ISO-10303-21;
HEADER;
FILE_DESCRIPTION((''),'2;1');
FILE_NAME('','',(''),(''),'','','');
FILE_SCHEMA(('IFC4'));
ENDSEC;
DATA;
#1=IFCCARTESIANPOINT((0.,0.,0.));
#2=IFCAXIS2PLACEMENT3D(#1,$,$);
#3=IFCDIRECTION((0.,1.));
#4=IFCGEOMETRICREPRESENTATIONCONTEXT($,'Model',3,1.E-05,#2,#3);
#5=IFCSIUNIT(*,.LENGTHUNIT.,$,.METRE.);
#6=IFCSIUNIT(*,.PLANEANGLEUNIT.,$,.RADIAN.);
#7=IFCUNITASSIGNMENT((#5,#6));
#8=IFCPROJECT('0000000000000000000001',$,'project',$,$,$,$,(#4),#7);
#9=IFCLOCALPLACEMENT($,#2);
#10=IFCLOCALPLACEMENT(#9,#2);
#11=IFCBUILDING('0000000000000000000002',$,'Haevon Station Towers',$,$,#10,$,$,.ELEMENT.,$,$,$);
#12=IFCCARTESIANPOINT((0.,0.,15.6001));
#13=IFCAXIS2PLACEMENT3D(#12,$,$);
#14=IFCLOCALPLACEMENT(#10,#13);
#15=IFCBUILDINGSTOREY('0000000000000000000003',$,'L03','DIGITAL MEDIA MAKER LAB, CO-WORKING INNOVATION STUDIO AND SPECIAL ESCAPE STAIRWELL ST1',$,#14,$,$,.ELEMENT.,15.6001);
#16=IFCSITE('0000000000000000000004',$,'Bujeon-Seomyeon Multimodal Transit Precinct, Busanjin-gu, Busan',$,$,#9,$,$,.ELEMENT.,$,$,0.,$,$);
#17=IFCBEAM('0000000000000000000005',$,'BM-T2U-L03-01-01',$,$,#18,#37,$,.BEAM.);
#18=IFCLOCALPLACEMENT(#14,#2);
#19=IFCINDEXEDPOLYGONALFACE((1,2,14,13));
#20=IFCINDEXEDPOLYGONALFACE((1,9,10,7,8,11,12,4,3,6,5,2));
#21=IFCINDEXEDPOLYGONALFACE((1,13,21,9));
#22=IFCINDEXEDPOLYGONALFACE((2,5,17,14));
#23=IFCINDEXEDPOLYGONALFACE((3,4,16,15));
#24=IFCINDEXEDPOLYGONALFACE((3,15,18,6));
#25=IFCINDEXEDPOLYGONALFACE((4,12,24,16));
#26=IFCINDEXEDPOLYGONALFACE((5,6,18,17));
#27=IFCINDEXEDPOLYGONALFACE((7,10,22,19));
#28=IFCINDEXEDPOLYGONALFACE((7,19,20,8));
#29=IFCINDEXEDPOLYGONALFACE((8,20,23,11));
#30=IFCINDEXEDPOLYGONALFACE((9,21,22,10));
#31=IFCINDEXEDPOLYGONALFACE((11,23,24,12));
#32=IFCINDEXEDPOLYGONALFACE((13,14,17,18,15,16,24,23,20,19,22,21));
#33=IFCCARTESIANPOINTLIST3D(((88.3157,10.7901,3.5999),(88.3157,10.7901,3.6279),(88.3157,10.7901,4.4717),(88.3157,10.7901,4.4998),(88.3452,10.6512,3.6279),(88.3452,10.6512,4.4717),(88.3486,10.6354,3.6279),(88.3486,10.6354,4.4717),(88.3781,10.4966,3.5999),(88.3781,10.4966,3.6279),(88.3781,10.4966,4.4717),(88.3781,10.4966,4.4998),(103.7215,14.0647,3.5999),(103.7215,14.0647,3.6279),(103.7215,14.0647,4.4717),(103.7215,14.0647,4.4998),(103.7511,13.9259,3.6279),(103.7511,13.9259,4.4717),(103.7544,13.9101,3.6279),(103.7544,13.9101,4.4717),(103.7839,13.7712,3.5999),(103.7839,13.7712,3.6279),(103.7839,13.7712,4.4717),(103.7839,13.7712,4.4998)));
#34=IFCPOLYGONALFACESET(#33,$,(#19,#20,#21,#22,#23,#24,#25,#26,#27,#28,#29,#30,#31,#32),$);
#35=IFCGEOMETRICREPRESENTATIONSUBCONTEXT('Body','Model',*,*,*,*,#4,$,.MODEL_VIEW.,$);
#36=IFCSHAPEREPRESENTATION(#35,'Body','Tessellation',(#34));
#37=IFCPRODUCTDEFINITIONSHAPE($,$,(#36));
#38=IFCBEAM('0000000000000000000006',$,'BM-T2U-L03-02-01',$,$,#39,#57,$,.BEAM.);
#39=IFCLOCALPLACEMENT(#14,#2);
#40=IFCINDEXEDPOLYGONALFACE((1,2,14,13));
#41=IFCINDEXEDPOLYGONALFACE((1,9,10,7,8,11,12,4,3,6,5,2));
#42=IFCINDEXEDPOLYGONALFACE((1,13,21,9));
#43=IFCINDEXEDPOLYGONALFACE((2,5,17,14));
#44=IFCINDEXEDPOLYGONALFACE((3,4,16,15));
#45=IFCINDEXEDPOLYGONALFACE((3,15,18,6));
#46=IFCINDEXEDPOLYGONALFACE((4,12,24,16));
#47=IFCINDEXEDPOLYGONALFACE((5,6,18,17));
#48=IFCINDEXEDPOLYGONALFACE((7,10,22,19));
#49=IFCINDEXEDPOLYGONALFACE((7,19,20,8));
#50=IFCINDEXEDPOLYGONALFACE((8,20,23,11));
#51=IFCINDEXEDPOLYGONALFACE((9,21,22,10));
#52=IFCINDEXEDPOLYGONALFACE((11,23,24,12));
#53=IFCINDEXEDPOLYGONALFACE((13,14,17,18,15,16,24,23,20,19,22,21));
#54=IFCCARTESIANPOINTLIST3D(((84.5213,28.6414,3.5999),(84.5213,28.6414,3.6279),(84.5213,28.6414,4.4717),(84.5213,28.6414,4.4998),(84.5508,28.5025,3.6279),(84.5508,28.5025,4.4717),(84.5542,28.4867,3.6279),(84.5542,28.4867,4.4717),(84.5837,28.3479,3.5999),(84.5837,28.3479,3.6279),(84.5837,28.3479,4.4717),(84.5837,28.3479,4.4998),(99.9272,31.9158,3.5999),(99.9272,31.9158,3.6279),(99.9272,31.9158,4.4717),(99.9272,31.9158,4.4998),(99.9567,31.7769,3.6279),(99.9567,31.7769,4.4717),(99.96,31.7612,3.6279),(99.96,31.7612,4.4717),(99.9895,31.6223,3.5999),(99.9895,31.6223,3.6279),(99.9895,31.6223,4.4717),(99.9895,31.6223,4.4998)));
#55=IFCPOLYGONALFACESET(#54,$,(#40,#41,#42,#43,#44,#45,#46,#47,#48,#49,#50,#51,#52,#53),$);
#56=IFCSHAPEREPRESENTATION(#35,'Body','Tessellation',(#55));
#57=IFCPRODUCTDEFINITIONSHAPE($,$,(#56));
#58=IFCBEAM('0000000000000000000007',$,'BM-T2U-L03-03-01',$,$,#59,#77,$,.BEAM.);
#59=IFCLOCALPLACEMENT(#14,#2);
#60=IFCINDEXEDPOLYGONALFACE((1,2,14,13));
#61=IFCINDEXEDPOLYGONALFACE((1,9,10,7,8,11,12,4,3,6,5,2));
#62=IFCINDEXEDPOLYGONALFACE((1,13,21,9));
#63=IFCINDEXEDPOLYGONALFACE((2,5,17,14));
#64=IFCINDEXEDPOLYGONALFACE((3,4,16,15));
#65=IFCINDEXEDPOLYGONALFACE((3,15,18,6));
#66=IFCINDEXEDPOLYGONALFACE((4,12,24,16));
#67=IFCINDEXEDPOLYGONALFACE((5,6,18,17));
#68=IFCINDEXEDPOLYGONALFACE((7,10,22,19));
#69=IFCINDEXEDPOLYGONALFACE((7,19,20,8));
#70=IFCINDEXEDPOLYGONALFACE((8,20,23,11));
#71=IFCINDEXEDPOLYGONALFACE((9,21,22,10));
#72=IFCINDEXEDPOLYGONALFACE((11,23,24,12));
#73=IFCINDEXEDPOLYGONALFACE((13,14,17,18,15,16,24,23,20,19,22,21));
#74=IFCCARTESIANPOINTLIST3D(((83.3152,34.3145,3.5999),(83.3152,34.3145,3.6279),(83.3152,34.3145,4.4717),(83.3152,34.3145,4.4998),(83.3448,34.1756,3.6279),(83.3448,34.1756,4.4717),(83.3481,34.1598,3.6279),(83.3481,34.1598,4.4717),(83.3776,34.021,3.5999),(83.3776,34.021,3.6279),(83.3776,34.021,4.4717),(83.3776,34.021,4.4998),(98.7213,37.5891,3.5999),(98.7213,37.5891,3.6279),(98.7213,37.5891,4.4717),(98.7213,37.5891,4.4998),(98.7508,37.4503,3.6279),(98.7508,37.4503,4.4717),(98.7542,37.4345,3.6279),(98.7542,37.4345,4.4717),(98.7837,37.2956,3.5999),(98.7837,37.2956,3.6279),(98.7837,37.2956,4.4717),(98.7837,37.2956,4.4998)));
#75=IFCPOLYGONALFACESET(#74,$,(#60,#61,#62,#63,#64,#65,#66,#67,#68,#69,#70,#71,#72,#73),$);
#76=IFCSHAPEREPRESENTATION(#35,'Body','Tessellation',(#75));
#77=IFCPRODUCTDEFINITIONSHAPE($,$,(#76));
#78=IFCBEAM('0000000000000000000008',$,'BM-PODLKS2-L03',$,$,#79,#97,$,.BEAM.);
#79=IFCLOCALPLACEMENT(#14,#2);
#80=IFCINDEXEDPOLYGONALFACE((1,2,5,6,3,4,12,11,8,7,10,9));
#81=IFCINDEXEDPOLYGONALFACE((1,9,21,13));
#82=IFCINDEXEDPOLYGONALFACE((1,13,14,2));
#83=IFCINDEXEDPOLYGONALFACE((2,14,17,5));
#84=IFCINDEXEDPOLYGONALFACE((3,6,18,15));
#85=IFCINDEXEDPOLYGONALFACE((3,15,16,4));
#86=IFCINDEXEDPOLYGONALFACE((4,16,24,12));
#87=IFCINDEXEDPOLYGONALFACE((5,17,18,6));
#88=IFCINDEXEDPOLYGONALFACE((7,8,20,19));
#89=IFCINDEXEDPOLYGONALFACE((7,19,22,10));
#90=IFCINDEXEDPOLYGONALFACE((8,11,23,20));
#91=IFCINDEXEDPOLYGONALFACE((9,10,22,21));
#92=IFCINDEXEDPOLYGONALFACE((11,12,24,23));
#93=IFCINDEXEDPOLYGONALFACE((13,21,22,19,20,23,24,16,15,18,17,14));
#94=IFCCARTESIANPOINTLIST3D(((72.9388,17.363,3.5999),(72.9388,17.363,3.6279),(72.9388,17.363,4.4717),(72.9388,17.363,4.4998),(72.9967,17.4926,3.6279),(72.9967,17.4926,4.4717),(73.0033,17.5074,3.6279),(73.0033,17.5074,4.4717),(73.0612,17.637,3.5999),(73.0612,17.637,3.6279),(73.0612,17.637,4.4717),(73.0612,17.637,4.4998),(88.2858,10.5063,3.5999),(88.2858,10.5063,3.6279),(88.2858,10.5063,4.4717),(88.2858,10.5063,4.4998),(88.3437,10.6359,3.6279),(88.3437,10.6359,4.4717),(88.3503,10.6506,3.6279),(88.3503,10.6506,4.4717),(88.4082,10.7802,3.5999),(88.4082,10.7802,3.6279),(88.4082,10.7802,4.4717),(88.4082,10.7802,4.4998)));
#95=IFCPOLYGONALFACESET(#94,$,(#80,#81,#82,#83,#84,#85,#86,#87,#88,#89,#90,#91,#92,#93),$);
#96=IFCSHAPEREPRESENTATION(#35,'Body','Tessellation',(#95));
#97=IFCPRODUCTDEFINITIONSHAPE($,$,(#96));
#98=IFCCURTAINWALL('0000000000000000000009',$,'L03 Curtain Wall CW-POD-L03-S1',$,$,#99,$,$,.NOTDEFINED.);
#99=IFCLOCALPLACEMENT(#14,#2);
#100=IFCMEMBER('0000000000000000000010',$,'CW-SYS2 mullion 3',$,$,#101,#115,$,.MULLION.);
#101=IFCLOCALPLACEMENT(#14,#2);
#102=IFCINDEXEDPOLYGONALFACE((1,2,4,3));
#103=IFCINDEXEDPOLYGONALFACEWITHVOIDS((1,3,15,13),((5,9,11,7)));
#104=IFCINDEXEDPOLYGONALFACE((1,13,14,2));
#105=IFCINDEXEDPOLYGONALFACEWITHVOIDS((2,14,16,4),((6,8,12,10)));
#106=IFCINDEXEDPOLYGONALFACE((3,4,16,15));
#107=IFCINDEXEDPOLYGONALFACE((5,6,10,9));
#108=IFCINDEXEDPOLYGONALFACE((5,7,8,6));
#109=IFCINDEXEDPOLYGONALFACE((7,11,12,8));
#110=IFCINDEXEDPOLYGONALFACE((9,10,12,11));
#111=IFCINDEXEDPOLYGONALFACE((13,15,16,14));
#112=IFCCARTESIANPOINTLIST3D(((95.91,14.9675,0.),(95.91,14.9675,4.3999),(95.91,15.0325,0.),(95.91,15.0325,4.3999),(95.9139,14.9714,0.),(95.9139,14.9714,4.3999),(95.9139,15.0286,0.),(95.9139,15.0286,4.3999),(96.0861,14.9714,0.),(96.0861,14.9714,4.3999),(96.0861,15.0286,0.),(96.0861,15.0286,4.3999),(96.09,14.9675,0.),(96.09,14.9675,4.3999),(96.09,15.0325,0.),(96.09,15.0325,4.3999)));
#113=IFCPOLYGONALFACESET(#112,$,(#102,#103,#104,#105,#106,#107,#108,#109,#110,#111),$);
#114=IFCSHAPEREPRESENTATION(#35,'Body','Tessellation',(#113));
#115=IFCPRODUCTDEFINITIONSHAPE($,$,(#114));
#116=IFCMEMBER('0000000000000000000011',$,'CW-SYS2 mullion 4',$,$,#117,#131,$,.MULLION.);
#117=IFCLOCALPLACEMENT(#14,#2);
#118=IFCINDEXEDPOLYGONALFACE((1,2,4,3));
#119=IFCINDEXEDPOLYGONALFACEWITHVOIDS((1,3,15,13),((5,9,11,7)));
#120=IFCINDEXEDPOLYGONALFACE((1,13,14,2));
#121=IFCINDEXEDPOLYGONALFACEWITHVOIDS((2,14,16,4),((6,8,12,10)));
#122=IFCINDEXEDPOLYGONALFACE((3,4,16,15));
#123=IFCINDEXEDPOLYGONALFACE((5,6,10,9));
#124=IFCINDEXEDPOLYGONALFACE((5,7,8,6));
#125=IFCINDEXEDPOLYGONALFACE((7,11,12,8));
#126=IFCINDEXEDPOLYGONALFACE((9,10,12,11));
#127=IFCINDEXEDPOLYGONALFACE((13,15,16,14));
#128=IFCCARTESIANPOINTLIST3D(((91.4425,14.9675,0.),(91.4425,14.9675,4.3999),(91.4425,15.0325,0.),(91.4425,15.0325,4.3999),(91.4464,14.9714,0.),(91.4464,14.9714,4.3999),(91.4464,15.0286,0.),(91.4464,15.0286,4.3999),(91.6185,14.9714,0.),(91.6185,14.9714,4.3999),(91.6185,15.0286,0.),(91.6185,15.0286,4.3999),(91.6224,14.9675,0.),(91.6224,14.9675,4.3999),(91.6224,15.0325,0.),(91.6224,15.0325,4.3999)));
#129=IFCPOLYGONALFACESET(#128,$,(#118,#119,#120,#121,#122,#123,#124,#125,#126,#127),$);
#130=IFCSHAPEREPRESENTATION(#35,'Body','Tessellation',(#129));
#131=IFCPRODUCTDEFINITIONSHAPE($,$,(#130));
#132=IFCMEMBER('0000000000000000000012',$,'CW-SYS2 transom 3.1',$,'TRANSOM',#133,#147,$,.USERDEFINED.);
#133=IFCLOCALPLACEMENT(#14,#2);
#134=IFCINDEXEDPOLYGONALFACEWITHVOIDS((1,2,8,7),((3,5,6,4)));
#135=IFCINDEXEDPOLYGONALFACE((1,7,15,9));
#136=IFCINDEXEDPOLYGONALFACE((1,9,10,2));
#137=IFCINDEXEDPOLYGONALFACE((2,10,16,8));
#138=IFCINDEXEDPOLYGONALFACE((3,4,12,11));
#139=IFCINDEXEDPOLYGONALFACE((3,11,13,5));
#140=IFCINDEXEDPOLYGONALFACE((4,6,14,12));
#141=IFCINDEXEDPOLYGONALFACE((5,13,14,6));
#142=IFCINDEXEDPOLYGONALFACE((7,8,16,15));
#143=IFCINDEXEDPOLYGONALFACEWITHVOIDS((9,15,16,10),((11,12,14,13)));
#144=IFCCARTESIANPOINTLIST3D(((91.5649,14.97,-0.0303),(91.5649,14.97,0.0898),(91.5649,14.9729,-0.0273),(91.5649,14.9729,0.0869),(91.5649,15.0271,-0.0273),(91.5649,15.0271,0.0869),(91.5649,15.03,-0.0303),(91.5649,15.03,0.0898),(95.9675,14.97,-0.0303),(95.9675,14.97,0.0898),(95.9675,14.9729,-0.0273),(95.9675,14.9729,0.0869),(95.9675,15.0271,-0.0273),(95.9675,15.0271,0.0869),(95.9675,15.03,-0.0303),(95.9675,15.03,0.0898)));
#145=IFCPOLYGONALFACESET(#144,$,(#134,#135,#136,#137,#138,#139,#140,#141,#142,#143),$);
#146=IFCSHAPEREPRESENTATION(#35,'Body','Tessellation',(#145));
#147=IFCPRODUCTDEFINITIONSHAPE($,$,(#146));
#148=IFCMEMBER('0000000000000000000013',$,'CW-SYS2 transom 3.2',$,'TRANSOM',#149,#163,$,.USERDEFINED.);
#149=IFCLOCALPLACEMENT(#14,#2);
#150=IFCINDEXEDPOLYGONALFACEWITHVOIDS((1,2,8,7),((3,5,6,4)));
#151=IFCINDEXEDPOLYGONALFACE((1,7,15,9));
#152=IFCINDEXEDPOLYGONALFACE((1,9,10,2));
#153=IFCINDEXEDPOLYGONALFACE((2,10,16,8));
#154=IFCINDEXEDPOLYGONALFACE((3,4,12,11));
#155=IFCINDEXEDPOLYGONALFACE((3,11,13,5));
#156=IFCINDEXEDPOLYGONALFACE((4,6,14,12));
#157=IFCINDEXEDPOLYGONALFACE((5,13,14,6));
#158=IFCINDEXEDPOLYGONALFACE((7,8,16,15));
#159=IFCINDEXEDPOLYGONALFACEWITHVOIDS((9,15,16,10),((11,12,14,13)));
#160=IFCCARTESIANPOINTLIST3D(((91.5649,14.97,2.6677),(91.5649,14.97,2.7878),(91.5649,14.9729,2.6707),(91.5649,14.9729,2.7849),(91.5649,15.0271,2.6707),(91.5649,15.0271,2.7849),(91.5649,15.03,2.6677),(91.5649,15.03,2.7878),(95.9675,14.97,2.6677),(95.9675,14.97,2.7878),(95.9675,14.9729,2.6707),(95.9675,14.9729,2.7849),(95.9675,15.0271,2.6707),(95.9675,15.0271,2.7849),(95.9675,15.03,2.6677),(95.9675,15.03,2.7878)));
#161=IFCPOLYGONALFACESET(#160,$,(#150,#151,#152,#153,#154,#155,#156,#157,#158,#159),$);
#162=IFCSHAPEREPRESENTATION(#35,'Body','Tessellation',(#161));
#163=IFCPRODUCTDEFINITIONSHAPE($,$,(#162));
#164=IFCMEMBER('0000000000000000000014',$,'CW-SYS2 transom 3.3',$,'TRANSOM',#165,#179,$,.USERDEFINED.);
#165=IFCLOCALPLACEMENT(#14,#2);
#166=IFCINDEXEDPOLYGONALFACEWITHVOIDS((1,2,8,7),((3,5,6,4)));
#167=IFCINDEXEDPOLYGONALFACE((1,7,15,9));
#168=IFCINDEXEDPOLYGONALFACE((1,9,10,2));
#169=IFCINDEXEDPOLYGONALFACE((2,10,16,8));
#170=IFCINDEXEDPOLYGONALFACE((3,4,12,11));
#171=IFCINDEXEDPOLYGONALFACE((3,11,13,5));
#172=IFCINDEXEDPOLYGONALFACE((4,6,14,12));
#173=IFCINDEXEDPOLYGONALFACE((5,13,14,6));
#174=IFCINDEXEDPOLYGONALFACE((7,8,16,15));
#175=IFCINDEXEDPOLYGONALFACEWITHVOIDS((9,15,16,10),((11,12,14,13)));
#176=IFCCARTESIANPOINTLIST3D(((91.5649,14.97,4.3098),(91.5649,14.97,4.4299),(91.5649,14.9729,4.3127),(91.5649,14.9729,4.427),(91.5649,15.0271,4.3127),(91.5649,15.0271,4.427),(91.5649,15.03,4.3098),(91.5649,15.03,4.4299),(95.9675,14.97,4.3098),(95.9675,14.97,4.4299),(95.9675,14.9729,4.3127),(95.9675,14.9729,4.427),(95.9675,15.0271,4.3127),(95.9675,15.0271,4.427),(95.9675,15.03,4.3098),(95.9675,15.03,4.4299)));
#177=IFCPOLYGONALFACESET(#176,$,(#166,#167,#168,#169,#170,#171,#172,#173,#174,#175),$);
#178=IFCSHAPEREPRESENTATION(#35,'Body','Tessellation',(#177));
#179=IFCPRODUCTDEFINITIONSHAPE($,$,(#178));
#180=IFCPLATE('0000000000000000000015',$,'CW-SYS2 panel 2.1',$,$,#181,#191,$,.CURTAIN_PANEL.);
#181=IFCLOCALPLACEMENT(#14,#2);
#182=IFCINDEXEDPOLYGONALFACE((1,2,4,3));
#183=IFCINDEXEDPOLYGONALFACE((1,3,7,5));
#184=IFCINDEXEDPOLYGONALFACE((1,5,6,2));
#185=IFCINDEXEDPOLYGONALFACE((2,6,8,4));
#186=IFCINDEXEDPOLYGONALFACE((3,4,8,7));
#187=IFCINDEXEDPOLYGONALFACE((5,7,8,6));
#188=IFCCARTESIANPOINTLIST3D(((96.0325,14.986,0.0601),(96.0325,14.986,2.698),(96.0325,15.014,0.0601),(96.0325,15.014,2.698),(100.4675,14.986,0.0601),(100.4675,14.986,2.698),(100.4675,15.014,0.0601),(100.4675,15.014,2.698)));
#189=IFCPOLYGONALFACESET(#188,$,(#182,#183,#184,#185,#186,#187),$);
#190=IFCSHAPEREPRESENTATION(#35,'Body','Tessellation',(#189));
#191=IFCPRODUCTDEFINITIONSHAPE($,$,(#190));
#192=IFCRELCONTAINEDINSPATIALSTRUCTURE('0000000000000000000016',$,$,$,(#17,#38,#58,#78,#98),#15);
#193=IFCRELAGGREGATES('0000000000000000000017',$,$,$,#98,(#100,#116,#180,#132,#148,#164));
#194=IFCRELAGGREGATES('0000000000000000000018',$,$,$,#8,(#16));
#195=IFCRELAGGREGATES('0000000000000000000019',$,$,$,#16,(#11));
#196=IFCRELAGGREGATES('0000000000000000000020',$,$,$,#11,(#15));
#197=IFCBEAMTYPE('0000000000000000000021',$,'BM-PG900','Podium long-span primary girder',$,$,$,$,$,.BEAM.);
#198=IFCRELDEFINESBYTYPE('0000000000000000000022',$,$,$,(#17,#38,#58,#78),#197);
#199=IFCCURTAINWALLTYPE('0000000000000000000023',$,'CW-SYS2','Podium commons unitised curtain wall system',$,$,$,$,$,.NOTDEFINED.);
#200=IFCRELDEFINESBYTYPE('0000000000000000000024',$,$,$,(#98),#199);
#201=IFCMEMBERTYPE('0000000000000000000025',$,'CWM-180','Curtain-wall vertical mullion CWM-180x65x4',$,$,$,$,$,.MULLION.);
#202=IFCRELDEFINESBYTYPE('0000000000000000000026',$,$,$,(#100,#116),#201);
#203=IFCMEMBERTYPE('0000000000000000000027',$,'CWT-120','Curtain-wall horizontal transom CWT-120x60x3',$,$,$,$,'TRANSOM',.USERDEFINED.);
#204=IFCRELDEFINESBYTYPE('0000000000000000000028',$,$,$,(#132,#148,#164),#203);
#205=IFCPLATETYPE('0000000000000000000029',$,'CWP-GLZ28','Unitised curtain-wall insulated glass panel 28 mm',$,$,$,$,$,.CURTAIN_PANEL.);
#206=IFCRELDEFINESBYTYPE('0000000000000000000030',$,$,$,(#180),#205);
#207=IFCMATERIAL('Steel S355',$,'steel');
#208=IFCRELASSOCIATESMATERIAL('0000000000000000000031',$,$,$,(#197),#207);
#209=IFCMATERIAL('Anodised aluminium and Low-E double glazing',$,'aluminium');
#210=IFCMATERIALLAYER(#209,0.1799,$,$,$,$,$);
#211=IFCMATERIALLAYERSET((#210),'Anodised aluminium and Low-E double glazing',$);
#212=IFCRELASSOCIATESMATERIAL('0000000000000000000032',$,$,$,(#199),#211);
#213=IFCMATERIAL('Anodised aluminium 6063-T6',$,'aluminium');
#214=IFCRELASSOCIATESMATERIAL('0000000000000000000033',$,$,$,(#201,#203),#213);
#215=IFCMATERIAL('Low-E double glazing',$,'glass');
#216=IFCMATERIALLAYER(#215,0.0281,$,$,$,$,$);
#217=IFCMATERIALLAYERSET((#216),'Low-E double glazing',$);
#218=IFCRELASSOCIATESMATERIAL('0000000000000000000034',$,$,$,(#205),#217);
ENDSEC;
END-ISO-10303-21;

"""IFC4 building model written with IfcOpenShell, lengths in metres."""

from ifc_helpers import new_model, si_unit, direction, frame, origin, origin_2d, place, context, subcontext, project, spatial, rectangle, hollow_rectangle, i_section, extrude, material, layer, layer_set, material_profile, profile_set, type_object, element, aggregate, save


model = new_model("IFC4")

# Units and contexts
model_context = context("Model", 3, precision=1e-05, world=origin(), true_north=direction((0.0, 1.0)))
body_context = subcontext(model_context, "Body", "Model", "MODEL_VIEW")
ifc_project = project(units=[si_unit("LENGTHUNIT", "METRE"), si_unit("PLANEANGLEUNIT", "RADIAN")], contexts=[model_context])

# Site, building, storey
site_placement = place(None, origin())
site = spatial("IfcSite", under=ifc_project, at=site_placement, Name="Bujeon-Seomyeon Multimodal Transit Precinct, Busanjin-gu, Busan", CompositionType="ELEMENT", RefElevation=0.0)
building_placement = place(site_placement, origin())
building = spatial("IfcBuilding", under=site, at=building_placement, Name="Haevon Station Towers", CompositionType="ELEMENT")
storey_placement = place(building_placement, frame((0.0, 0.0, 15.6001)))
storey = spatial("IfcBuildingStorey", under=building, at=storey_placement, Name="L03", Description="DIGITAL MEDIA MAKER LAB, CO-WORKING INNOVATION STUDIO AND SPECIAL ESCAPE STAIRWELL ST1", CompositionType="ELEMENT", Elevation=15.6001)

# Beams
ifc_material_1 = material(Name="Steel S355", Category="steel")
ifc_material_profile_1 = material_profile(ifc_material_1, i_section(OverallWidth=0.3, OverallDepth=0.8999, WebThickness=0.0161, FlangeThickness=0.0281, at=origin_2d()), Name="H-900x300x16x28")
ifc_profile_set_1 = profile_set([ifc_material_profile_1], Name="Steel S355")
beam_type_1 = type_object("IfcBeamType", Name="BM-PG900", Description="Podium long-span primary girder", PredefinedType="BEAM", material=ifc_profile_set_1)
for number, where, z_axis, x_axis, name in (
    (1, (88.3469, 10.6433, 4.0498), (0.978147, 0.207915, 0.0), (-0.207915, 0.978147, 0.0), "BM-T2U-L03-01-01"),
    (2, (84.5525, 28.4946, 4.0498), (0.97815, 0.207901, 0.0), (-0.207901, 0.97815, 0.0), "BM-T2U-L03-02-01"),
):
    element("IfcBeam", number, at=place(storey_placement, frame(where, z_axis=z_axis, x_axis=x_axis)), inside=storey, type_object=beam_type_1, Name=name, PredefinedType="BEAM", context=body_context, shape_type="SweptSolid", body=[
        extrude(i_section(OverallWidth=0.3, OverallDepth=0.8999, WebThickness=0.0161, FlangeThickness=0.0281, at=origin_2d()), origin(), (0.0, 0.0, 1.0), 15.75),
    ])
beam_1_placement = place(storey_placement, frame((83.3464, 34.1677, 4.0498), z_axis=(0.978147, 0.207912, 0.0), x_axis=(-0.207912, 0.978147, 0.0)))
element("IfcBeam", 3, at=beam_1_placement, inside=storey, type_object=beam_type_1, Name="BM-T2U-L03-03-01", PredefinedType="BEAM", context=body_context, shape_type="SweptSolid", body=[
    extrude(i_section(OverallWidth=0.3, OverallDepth=0.8999, WebThickness=0.0161, FlangeThickness=0.0281, at=origin_2d()), origin(), (0.0, 0.0, 1.0), 15.7502),
])
beam_2_placement = place(storey_placement, frame((73.0, 17.5, 4.0498), z_axis=(0.913019, -0.407918, 0.0), x_axis=(0.407918, 0.913019, 0.0)))
element("IfcBeam", 4, at=beam_2_placement, inside=storey, type_object=beam_type_1, Name="BM-PODLKS2-L03", PredefinedType="BEAM", context=body_context, shape_type="SweptSolid", body=[
    extrude(i_section(OverallWidth=0.3, OverallDepth=0.8999, WebThickness=0.0161, FlangeThickness=0.0281, at=origin_2d()), origin(), (0.0, 0.0, 1.0), 16.8091),
])

# Curtain wall, members, plate
ifc_material_2 = material(Name="Anodised aluminium and Low-E double glazing", Category="aluminium")
ifc_layer_1 = layer(ifc_material_2, 0.1799)
ifc_layer_set_1 = layer_set([ifc_layer_1], Name="Anodised aluminium and Low-E double glazing")
curtain_wall_type = type_object("IfcCurtainWallType", Name="CW-SYS2", Description="Podium commons unitised curtain wall system", PredefinedType="NOTDEFINED", material=ifc_layer_set_1)
curtain_wall_placement = place(storey_placement, origin())
curtain_wall = element("IfcCurtainWall", 5, at=curtain_wall_placement, inside=storey, type_object=curtain_wall_type, Name="L03 Curtain Wall CW-POD-L03-S1", PredefinedType="NOTDEFINED")
ifc_material_3 = material(Name="Anodised aluminium 6063-T6", Category="aluminium")
ifc_material_profile_2 = material_profile(ifc_material_3, hollow_rectangle(XDim=0.0649, YDim=0.1799, WallThickness=0.0039, at=origin_2d()), Name="CWM-180x65x4")
ifc_profile_set_2 = profile_set([ifc_material_profile_2], Name="Anodised aluminium 6063-T6")
member_type_1 = type_object("IfcMemberType", Name="CWM-180", Description="Curtain-wall vertical mullion CWM-180x65x4", PredefinedType="MULLION", material=ifc_profile_set_2)
member_1_placement = place(storey_placement, frame((96.0, 15.0, 0.0), z_axis=(0.0, 0.0, 1.0), x_axis=(0.0, -1.0, 0.0)))
member_1 = element("IfcMember", 6, at=member_1_placement, type_object=member_type_1, Name="CW-SYS2 mullion 3", PredefinedType="MULLION", context=body_context, shape_type="SweptSolid", body=[
    extrude(hollow_rectangle(XDim=0.0649, YDim=0.1799, WallThickness=0.0039, at=origin_2d()), origin(), (0.0, 0.0, 1.0), 4.3999),
])
member_2_placement = place(storey_placement, frame((91.5325, 15.0, 0.0), z_axis=(0.0, 0.0, 1.0), x_axis=(0.0, -1.0, 0.0)))
member_2 = element("IfcMember", 7, at=member_2_placement, type_object=member_type_1, Name="CW-SYS2 mullion 4", PredefinedType="MULLION", context=body_context, shape_type="SweptSolid", body=[
    extrude(hollow_rectangle(XDim=0.0649, YDim=0.1799, WallThickness=0.0039, at=origin_2d()), origin(), (0.0, 0.0, 1.0), 4.3999),
])
ifc_material_profile_3 = material_profile(ifc_material_3, hollow_rectangle(XDim=0.0601, YDim=0.1201, WallThickness=0.0029, at=origin_2d()), Name="CWT-120x60x3")
ifc_profile_set_3 = profile_set([ifc_material_profile_3], Name="Anodised aluminium 6063-T6")
member_type_2 = type_object("IfcMemberType", Name="CWT-120", Description="Curtain-wall horizontal transom CWT-120x60x3", ElementType="TRANSOM", PredefinedType="USERDEFINED", material=ifc_profile_set_3)
member_3_placement = place(storey_placement, frame((95.9675, 15.0, 0.0298), z_axis=(-1.0, 0.0, 0.0), x_axis=(0.0, -1.0, 0.0)))
member_3 = element("IfcMember", 8, at=member_3_placement, type_object=member_type_2, Name="CW-SYS2 transom 3.1", ObjectType="TRANSOM", PredefinedType="USERDEFINED", context=body_context, shape_type="SweptSolid", body=[
    extrude(hollow_rectangle(XDim=0.0601, YDim=0.1201, WallThickness=0.0029, at=origin_2d()), origin(), (0.0, 0.0, 1.0), 4.4026),
])
member_4_placement = place(storey_placement, frame((95.9675, 15.0, 2.7278), z_axis=(-1.0, 0.0, 0.0), x_axis=(0.0, -1.0, 0.0)))
member_4 = element("IfcMember", 9, at=member_4_placement, type_object=member_type_2, Name="CW-SYS2 transom 3.2", ObjectType="TRANSOM", PredefinedType="USERDEFINED", context=body_context, shape_type="SweptSolid", body=[
    extrude(hollow_rectangle(XDim=0.0601, YDim=0.1201, WallThickness=0.0029, at=origin_2d()), origin(), (0.0, 0.0, 1.0), 4.4026),
])
member_5_placement = place(storey_placement, frame((95.9675, 15.0, 4.3699), z_axis=(-1.0, 0.0, 0.0), x_axis=(0.0, -1.0, 0.0)))
member_5 = element("IfcMember", 10, at=member_5_placement, type_object=member_type_2, Name="CW-SYS2 transom 3.3", ObjectType="TRANSOM", PredefinedType="USERDEFINED", context=body_context, shape_type="SweptSolid", body=[
    extrude(hollow_rectangle(XDim=0.0601, YDim=0.1201, WallThickness=0.0029, at=origin_2d()), origin(), (0.0, 0.0, 1.0), 4.4026),
])
ifc_material_4 = material(Name="Low-E double glazing", Category="glass")
ifc_layer_2 = layer(ifc_material_4, 0.0281)
ifc_layer_set_2 = layer_set([ifc_layer_2], Name="Low-E double glazing")
plate_type = type_object("IfcPlateType", Name="CWP-GLZ28", Description="Unitised curtain-wall insulated glass panel 28 mm", PredefinedType="CURTAIN_PANEL", material=ifc_layer_set_2)
plate_1_placement = place(storey_placement, frame((98.25, 15.0, 0.0601), z_axis=(0.0, 0.0, 1.0), x_axis=(-1.0, 0.0, 0.0)))
plate_1 = element("IfcPlate", 11, at=plate_1_placement, type_object=plate_type, Name="CW-SYS2 panel 2.1", PredefinedType="CURTAIN_PANEL", context=body_context, shape_type="SweptSolid", body=[
    extrude(rectangle(XDim=4.4351, YDim=0.0281, at=origin_2d()), origin(), (0.0, 0.0, 1.0), 2.6379),
])
aggregate(curtain_wall, [member_1, member_2, plate_1, member_3, member_4, member_5])

save(model, "model.ifc")
